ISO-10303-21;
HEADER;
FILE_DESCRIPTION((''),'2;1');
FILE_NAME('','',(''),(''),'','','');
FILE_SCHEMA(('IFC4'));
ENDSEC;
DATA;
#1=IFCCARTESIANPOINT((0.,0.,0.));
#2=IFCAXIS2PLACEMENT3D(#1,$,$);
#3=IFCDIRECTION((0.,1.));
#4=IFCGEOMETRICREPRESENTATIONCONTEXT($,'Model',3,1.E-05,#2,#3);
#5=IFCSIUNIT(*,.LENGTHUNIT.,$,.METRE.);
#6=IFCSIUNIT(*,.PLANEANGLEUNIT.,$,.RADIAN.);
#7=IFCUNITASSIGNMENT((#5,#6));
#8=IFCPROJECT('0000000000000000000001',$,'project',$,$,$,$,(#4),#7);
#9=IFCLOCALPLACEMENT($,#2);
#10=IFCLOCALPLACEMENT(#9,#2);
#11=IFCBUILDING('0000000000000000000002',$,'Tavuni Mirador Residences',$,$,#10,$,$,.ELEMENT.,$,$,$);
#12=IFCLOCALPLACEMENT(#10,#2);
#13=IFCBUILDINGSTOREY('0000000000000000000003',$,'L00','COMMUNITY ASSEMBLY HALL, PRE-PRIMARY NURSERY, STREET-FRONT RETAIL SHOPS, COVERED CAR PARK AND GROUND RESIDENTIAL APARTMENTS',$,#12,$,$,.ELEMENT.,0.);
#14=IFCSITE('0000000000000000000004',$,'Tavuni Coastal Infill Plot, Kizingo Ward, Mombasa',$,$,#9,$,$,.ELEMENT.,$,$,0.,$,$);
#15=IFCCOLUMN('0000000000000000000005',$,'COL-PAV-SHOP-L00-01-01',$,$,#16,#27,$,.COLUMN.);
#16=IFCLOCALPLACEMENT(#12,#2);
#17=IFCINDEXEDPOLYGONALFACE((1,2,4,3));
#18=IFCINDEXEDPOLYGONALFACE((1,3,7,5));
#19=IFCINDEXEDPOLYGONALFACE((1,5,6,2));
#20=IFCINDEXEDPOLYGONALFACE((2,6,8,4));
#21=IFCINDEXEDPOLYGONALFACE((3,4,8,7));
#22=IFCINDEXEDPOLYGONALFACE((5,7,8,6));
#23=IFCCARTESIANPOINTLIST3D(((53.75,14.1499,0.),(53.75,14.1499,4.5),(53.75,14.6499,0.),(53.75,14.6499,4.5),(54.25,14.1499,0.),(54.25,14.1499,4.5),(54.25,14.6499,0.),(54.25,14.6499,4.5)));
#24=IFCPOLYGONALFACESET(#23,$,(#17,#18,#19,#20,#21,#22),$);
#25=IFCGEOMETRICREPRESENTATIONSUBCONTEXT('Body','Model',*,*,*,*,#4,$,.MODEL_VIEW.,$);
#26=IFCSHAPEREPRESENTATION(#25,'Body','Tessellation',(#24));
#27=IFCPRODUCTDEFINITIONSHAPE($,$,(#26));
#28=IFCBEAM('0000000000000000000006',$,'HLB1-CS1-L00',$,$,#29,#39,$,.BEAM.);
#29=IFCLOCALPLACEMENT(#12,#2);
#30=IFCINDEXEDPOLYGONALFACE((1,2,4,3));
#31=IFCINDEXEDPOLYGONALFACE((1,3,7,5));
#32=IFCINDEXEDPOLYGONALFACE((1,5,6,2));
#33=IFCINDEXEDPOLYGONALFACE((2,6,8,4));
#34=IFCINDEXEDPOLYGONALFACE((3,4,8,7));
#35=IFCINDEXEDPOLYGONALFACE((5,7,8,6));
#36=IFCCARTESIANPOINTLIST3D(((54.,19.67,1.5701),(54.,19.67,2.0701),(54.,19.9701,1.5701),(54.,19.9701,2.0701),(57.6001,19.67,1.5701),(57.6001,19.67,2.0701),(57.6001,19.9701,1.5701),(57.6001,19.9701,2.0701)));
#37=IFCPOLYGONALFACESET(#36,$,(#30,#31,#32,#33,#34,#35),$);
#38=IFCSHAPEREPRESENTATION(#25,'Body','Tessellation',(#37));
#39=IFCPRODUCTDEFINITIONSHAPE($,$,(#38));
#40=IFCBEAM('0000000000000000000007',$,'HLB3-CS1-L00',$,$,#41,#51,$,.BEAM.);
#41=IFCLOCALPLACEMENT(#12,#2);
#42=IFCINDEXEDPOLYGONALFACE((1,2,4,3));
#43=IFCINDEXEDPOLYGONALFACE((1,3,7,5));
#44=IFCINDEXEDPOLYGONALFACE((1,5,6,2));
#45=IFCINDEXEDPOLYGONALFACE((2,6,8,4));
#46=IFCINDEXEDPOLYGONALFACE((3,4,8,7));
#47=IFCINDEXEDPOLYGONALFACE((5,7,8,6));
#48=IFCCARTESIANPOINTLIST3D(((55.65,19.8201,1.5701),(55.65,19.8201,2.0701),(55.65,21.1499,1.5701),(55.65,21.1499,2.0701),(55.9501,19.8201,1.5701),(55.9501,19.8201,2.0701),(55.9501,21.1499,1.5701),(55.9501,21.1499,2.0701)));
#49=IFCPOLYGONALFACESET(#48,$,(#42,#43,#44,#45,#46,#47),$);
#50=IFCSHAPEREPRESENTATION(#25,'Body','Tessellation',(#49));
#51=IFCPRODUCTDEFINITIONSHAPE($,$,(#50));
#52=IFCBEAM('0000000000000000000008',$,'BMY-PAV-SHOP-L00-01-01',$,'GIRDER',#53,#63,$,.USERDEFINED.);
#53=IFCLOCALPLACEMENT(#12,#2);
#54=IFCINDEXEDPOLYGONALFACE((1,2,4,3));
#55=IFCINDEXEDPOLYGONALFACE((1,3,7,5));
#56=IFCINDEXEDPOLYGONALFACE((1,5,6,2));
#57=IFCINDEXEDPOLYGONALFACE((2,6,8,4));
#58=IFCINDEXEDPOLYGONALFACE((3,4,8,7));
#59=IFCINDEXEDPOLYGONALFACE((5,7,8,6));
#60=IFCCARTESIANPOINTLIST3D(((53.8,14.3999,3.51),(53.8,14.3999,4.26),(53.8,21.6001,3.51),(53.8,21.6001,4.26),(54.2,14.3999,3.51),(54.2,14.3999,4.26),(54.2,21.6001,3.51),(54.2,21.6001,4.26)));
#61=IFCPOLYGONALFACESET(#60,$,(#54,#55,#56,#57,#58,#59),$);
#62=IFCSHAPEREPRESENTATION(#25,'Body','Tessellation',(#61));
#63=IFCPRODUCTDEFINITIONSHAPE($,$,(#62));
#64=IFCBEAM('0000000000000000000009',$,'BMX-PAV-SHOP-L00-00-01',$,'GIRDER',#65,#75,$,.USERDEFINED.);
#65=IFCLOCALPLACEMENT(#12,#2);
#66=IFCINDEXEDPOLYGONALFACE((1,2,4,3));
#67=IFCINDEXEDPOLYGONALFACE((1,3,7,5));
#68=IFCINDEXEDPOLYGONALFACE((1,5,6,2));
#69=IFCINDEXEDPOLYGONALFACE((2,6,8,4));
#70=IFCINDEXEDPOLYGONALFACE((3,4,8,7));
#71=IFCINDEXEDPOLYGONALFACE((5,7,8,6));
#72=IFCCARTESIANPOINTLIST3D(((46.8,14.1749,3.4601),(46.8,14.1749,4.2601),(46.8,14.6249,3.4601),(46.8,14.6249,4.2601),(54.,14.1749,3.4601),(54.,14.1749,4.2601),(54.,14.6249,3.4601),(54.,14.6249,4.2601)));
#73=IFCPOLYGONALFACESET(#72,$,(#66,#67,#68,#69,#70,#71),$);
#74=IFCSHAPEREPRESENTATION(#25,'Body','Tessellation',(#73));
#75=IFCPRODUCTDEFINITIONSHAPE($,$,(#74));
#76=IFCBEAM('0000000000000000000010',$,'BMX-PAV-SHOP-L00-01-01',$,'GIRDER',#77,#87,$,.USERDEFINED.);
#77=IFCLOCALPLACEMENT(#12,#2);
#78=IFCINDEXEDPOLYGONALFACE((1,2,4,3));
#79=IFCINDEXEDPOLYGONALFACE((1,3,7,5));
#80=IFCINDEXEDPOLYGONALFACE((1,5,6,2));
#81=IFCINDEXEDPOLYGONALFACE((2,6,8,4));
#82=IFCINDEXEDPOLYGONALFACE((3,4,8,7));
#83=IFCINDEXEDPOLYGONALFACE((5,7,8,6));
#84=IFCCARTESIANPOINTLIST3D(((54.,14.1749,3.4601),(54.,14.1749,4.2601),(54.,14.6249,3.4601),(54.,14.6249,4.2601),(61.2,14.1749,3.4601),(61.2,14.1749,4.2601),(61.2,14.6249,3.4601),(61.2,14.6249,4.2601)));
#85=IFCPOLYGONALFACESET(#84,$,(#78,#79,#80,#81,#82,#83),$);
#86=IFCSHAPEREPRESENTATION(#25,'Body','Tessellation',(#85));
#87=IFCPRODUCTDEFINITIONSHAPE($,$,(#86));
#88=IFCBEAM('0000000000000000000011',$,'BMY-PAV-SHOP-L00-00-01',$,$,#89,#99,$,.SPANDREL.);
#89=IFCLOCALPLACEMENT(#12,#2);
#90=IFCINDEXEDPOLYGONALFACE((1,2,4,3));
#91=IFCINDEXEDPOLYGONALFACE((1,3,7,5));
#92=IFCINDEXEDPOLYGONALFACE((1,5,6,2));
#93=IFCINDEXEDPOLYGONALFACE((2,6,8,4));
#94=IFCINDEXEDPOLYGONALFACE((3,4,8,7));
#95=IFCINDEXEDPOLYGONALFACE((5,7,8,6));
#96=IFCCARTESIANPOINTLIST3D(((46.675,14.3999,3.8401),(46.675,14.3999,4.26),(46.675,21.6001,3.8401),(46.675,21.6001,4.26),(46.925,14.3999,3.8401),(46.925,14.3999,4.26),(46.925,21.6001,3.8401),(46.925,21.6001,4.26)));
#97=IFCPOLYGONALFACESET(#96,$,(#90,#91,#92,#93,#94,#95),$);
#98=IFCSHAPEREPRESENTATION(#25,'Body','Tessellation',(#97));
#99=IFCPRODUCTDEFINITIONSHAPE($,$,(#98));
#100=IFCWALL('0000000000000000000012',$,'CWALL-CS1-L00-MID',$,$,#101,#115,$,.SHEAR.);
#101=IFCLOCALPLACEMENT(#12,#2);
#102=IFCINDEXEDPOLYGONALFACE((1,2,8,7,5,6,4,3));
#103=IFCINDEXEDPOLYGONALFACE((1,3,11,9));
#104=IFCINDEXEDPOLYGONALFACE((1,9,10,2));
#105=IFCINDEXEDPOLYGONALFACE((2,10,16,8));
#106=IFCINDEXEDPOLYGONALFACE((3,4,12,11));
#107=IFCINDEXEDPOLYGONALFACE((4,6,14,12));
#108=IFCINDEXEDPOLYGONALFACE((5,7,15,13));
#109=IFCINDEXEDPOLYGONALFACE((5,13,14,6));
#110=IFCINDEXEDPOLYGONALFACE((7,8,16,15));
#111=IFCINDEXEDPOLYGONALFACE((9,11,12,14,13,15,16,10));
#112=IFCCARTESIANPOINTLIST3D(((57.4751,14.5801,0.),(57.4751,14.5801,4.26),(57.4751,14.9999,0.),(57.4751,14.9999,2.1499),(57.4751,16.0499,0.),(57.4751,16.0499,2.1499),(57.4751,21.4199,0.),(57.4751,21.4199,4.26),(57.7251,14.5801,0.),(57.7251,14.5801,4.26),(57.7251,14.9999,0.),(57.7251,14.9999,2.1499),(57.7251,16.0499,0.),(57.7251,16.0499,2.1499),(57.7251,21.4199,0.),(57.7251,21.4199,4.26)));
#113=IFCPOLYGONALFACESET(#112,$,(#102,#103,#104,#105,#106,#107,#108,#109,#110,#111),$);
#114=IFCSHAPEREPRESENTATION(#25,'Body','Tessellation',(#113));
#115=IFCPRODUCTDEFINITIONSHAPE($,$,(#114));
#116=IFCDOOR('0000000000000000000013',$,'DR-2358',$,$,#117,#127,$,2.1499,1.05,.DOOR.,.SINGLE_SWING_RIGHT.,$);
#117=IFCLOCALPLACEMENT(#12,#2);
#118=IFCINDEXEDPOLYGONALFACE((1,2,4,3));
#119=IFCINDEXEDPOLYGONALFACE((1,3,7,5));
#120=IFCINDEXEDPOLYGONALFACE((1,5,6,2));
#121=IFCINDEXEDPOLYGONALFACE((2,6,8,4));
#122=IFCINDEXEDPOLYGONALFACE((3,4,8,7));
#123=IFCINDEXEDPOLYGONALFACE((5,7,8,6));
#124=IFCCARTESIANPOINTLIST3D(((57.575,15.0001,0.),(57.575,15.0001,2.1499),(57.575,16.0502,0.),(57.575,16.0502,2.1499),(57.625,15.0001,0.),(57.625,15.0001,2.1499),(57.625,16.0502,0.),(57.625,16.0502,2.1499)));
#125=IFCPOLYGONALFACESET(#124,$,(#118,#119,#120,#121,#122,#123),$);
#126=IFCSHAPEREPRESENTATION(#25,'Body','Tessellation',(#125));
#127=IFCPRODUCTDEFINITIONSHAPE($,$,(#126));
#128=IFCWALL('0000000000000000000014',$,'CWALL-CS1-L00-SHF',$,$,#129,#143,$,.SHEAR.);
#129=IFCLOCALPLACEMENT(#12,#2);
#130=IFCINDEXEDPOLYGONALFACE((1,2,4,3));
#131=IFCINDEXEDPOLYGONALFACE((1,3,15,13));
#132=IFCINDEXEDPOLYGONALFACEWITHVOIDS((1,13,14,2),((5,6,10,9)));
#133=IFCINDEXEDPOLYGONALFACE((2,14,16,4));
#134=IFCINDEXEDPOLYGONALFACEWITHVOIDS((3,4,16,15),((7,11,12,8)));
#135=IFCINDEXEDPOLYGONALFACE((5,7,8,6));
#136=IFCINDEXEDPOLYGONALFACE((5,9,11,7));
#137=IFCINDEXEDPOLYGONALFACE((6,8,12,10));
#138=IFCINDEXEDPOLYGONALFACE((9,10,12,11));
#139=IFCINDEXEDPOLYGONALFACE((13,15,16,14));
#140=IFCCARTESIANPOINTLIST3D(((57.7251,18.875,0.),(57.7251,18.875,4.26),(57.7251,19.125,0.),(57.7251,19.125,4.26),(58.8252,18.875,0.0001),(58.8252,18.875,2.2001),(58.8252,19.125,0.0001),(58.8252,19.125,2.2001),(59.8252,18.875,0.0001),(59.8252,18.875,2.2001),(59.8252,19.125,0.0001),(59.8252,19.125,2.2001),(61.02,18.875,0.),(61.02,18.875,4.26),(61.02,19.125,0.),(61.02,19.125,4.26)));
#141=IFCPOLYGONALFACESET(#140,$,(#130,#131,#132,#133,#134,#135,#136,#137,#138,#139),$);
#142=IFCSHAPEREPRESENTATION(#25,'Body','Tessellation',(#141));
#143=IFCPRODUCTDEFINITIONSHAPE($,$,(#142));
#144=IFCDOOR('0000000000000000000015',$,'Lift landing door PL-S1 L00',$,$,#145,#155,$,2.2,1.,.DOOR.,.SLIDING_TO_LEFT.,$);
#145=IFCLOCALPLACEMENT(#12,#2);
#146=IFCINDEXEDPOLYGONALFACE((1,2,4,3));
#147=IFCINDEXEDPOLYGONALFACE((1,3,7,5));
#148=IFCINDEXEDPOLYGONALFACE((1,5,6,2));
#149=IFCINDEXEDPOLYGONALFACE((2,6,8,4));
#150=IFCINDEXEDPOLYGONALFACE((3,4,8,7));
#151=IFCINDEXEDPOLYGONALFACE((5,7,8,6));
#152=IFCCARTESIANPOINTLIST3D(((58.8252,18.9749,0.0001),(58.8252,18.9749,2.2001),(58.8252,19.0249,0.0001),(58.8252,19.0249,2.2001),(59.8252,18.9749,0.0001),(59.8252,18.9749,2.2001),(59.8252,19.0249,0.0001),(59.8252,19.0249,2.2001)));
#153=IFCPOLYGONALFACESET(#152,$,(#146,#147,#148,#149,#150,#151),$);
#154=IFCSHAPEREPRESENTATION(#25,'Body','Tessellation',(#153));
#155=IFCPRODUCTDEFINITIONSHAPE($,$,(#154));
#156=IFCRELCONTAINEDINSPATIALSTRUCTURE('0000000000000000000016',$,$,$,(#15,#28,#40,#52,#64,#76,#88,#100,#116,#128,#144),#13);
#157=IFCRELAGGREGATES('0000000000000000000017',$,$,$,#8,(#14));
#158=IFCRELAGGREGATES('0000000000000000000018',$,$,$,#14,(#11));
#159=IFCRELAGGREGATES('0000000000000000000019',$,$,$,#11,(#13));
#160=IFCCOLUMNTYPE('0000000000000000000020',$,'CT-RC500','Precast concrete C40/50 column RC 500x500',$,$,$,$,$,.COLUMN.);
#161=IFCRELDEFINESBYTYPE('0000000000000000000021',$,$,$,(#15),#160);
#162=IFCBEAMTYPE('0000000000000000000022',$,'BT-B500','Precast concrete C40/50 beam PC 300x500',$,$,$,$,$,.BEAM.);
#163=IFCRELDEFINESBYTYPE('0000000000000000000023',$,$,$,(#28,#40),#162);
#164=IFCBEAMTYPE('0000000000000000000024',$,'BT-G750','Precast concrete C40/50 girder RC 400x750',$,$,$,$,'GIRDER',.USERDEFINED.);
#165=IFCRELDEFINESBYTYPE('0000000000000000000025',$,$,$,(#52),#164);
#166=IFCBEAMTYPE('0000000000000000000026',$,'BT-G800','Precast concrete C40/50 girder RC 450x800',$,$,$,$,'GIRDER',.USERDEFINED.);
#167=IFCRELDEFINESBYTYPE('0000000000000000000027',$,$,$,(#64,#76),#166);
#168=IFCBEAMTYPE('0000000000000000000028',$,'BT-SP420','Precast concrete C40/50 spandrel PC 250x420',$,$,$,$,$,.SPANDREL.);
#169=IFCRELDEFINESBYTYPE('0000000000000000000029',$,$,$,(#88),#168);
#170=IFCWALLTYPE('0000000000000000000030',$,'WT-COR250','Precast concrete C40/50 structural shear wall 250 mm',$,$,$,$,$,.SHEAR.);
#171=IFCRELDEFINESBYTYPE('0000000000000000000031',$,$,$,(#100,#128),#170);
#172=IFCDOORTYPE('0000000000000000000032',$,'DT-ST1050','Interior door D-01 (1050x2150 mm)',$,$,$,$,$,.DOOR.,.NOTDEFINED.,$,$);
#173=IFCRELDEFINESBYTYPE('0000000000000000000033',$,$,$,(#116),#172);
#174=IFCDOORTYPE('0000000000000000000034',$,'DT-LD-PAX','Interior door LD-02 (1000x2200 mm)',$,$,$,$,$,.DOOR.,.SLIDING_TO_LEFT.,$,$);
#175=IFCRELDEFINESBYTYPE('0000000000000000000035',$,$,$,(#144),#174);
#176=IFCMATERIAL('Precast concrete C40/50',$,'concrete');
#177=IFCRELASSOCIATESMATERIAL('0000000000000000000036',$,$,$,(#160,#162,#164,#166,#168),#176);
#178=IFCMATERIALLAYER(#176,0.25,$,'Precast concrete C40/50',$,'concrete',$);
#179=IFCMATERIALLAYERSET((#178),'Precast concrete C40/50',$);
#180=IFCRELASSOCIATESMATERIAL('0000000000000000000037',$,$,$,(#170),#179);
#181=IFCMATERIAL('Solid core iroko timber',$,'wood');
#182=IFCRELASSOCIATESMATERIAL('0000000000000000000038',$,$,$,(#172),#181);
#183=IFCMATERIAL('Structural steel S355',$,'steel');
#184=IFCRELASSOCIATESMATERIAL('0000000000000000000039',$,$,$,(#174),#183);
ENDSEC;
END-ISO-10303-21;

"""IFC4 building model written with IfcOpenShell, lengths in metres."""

from ifc_helpers import new_model, si_unit, direction, frame, frame_2d, origin, origin_2d, place, context, subcontext, project, spatial, rectangle, extrude, material, layer, layer_set, material_profile, profile_set, type_object, element, fill, save


model = new_model("IFC4")

# Units and contexts
model_context = context("Model", 3, precision=1e-05, world=origin(), true_north=direction((0.0, 1.0)))
body_context = subcontext(model_context, "Body", "Model", "MODEL_VIEW")
ifc_project = project(units=[si_unit("LENGTHUNIT", "METRE"), si_unit("PLANEANGLEUNIT", "RADIAN")], contexts=[model_context])

# Site, building, storey
site_placement = place(None, origin())
site = spatial("IfcSite", under=ifc_project, at=site_placement, Name="Tavuni Coastal Infill Plot, Kizingo Ward, Mombasa", CompositionType="ELEMENT", RefElevation=0.0)
building_placement = place(site_placement, origin())
building = spatial("IfcBuilding", under=site, at=building_placement, Name="Tavuni Mirador Residences", CompositionType="ELEMENT")
storey_placement = place(building_placement, origin())
storey = spatial("IfcBuildingStorey", under=building, at=storey_placement, Name="L00", Description="COMMUNITY ASSEMBLY HALL, PRE-PRIMARY NURSERY, STREET-FRONT RETAIL SHOPS, COVERED CAR PARK AND GROUND RESIDENTIAL APARTMENTS", CompositionType="ELEMENT", Elevation=0.0)

# Column
ifc_material_1 = material(Name="Precast concrete C40/50", Category="concrete")
ifc_material_profile_1 = material_profile(ifc_material_1, rectangle(XDim=0.5, YDim=0.5, at=origin_2d()), Name="RC 500x500", Category="concrete")
ifc_profile_set_1 = profile_set([ifc_material_profile_1], Name="Precast concrete C40/50")
column_type = type_object("IfcColumnType", Name="CT-RC500", Description="Precast concrete C40/50 column RC 500x500", PredefinedType="COLUMN", material=ifc_profile_set_1)
column_placement = place(storey_placement, frame((54.0, 14.3999, 0.0), z_axis=(0.0, 0.0, 1.0), x_axis=(1.0, 0.0, 0.0)))
element("IfcColumn", 1, at=column_placement, inside=storey, type_object=column_type, Name="COL-PAV-SHOP-L00-01-01", PredefinedType="COLUMN", context=body_context, shape_type="SweptSolid", body=[
    extrude(rectangle(XDim=0.5, YDim=0.5, at=origin_2d()), origin(), (0.0, 0.0, 1.0), 4.5),
])

# Beams
ifc_material_profile_2 = material_profile(ifc_material_1, rectangle(XDim=0.3, YDim=0.5, at=origin_2d()), Name="PC 300x500", Category="concrete")
ifc_profile_set_2 = profile_set([ifc_material_profile_2], Name="Precast concrete C40/50")
beam_type_1 = type_object("IfcBeamType", Name="BT-B500", Description="Precast concrete C40/50 beam PC 300x500", PredefinedType="BEAM", material=ifc_profile_set_2)
beam_1_placement = place(storey_placement, frame((54.0, 19.8201, 1.8201), z_axis=(1.0, 0.0, 0.0), x_axis=(0.0, 1.0, 0.0)))
element("IfcBeam", 2, at=beam_1_placement, inside=storey, type_object=beam_type_1, Name="HLB1-CS1-L00", PredefinedType="BEAM", context=body_context, shape_type="SweptSolid", body=[
    extrude(rectangle(XDim=0.3, YDim=0.5, at=origin_2d()), origin(), (0.0, 0.0, 1.0), 3.6001),
])
beam_2_placement = place(storey_placement, frame((55.8, 19.8201, 1.8201), z_axis=(0.0, 1.0, 0.0), x_axis=(-1.0, 0.0, 0.0)))
element("IfcBeam", 3, at=beam_2_placement, inside=storey, type_object=beam_type_1, Name="HLB3-CS1-L00", PredefinedType="BEAM", context=body_context, shape_type="SweptSolid", body=[
    extrude(rectangle(XDim=0.3, YDim=0.5, at=origin_2d()), origin(), (0.0, 0.0, 1.0), 1.3298),
])
ifc_material_profile_3 = material_profile(ifc_material_1, rectangle(XDim=0.3999, YDim=0.75, at=origin_2d()), Name="RC 400x750", Category="concrete")
ifc_profile_set_3 = profile_set([ifc_material_profile_3], Name="Precast concrete C40/50")
beam_type_2 = type_object("IfcBeamType", Name="BT-G750", Description="Precast concrete C40/50 girder RC 400x750", ElementType="GIRDER", PredefinedType="USERDEFINED", material=ifc_profile_set_3)
beam_3_placement = place(storey_placement, frame((54.0, 14.3999, 3.885), z_axis=(0.0, 1.0, 0.0), x_axis=(-1.0, 0.0, 0.0)))
element("IfcBeam", 4, at=beam_3_placement, inside=storey, type_object=beam_type_2, Name="BMY-PAV-SHOP-L00-01-01", ObjectType="GIRDER", PredefinedType="USERDEFINED", context=body_context, shape_type="SweptSolid", body=[
    extrude(rectangle(XDim=0.3999, YDim=0.75, at=origin_2d()), origin(), (0.0, 0.0, 1.0), 7.2002),
])
ifc_material_profile_4 = material_profile(ifc_material_1, rectangle(XDim=0.45, YDim=0.8, at=origin_2d()), Name="RC 450x800", Category="concrete")
ifc_profile_set_4 = profile_set([ifc_material_profile_4], Name="Precast concrete C40/50")
beam_type_3 = type_object("IfcBeamType", Name="BT-G800", Description="Precast concrete C40/50 girder RC 450x800", ElementType="GIRDER", PredefinedType="USERDEFINED", material=ifc_profile_set_4)
for number, where, z_axis, x_axis, name in (
    (5, (46.8, 14.3999, 3.8601), (1.0, 0.0, 0.0), (0.0, 1.0, 0.0), "BMX-PAV-SHOP-L00-00-01"),
    (6, (54.0, 14.3999, 3.8601), (1.0, 0.0, 0.0), (0.0, 1.0, 0.0), "BMX-PAV-SHOP-L00-01-01"),
):
    element("IfcBeam", number, at=place(storey_placement, frame(where, z_axis=z_axis, x_axis=x_axis)), inside=storey, type_object=beam_type_3, Name=name, ObjectType="GIRDER", PredefinedType="USERDEFINED", context=body_context, shape_type="SweptSolid", body=[
        extrude(rectangle(XDim=0.45, YDim=0.8, at=origin_2d()), origin(), (0.0, 0.0, 1.0), 7.2),
    ])
ifc_material_profile_5 = material_profile(ifc_material_1, rectangle(XDim=0.25, YDim=0.4199, at=origin_2d()), Name="PC 250x420", Category="concrete")
ifc_profile_set_5 = profile_set([ifc_material_profile_5], Name="Precast concrete C40/50")
beam_type_4 = type_object("IfcBeamType", Name="BT-SP420", Description="Precast concrete C40/50 spandrel PC 250x420", PredefinedType="SPANDREL", material=ifc_profile_set_5)
beam_4_placement = place(storey_placement, frame((46.8, 14.3999, 4.05), z_axis=(0.0, 1.0, 0.0), x_axis=(-1.0, 0.0, 0.0)))
element("IfcBeam", 7, at=beam_4_placement, inside=storey, type_object=beam_type_4, Name="BMY-PAV-SHOP-L00-00-01", PredefinedType="SPANDREL", context=body_context, shape_type="SweptSolid", body=[
    extrude(rectangle(XDim=0.25, YDim=0.4199, at=origin_2d()), origin(), (0.0, 0.0, 1.0), 7.2002),
])

# Walls, openings, doors
ifc_layer_1 = layer(ifc_material_1, 0.25, Name="Precast concrete C40/50", Category="concrete")
ifc_layer_set_1 = layer_set([ifc_layer_1], Name="Precast concrete C40/50")
wall_type_1 = type_object("IfcWallType", Name="WT-COR250", Description="Precast concrete C40/50 structural shear wall 250 mm", PredefinedType="SHEAR", material=ifc_layer_set_1)
wall_1_placement = place(storey_placement, frame((57.6001, 14.5801, 0.0), z_axis=(0.0, 0.0, 1.0), x_axis=(0.0, 1.0, 0.0)))
wall_1 = element("IfcWall", 8, at=wall_1_placement, inside=storey, type_object=wall_type_1, Name="CWALL-CS1-L00-MID", PredefinedType="SHEAR", context=body_context, shape_type="SweptSolid", body=[
    extrude(rectangle(XDim=6.8398, YDim=0.25, at=frame_2d((3.4199, 0.0))), origin(), (0.0, 0.0, 1.0), 4.26),
])
opening_1_placement = place(wall_1_placement, frame((0.4199, 0.0, 0.0)))
opening_1 = element("IfcOpeningElement", 9, at=opening_1_placement, cuts=wall_1, PredefinedType="OPENING", context=body_context, shape_type="SweptSolid", body=[
    extrude(rectangle(XDim=1.05, YDim=2.1499, at=frame_2d((0.5249, 1.075))), frame((0.0, 0.135, 0.0), z_axis=(0.0, -1.0, 0.0), x_axis=(1.0, 0.0, 0.0)), (0.0, 0.0, 1.0), 0.27),
])
ifc_material_2 = material(Name="Solid core iroko timber", Category="wood")
door_type_1 = type_object("IfcDoorType", Name="DT-ST1050", Description="Interior door D-01 (1050x2150 mm)", OperationType="NOTDEFINED", PredefinedType="DOOR", material=ifc_material_2)
door_1_placement = place(opening_1_placement, frame((1.05, 0.0, 0.0), z_axis=(0.0, 0.0, 1.0), x_axis=(-1.0, 0.0, 0.0)))
door_1 = element("IfcDoor", 10, at=door_1_placement, inside=storey, type_object=door_type_1, Name="DR-2358", OperationType="SINGLE_SWING_RIGHT", OverallHeight=2.1499, OverallWidth=1.05, PredefinedType="DOOR", context=body_context, shape_type="SweptSolid", body=[
    extrude(rectangle(XDim=1.05, YDim=2.1499, at=frame_2d((0.5249, 1.075))), frame((0.0, 0.0249, 0.0), z_axis=(0.0, -1.0, 0.0), x_axis=(1.0, 0.0, 0.0)), (0.0, 0.0, 1.0), 0.05),
])
fill(opening_1, door_1)
wall_2_placement = place(storey_placement, frame((57.7251, 19.0, 0.0), z_axis=(0.0, 0.0, 1.0), x_axis=(1.0, 0.0, 0.0)))
wall_2 = element("IfcWall", 11, at=wall_2_placement, inside=storey, type_object=wall_type_1, Name="CWALL-CS1-L00-SHF", PredefinedType="SHEAR", context=body_context, shape_type="SweptSolid", body=[
    extrude(rectangle(XDim=3.2949, YDim=0.25, at=frame_2d((1.6475, 0.0))), origin(), (0.0, 0.0, 1.0), 4.26),
])
opening_2_placement = place(wall_2_placement, frame((1.1001, 0.0, 0.0)))
opening_2 = element("IfcOpeningElement", 12, at=opening_2_placement, cuts=wall_2, PredefinedType="OPENING", context=body_context, shape_type="SweptSolid", body=[
    extrude(rectangle(XDim=1.0, YDim=2.2, at=frame_2d((0.5, 1.1001))), frame((0.0, 0.135, 0.0), z_axis=(0.0, -1.0, 0.0), x_axis=(1.0, 0.0, 0.0)), (0.0, 0.0, 1.0), 0.27),
])
ifc_material_3 = material(Name="Structural steel S355", Category="steel")
door_type_2 = type_object("IfcDoorType", Name="DT-LD-PAX", Description="Interior door LD-02 (1000x2200 mm)", OperationType="SLIDING_TO_LEFT", PredefinedType="DOOR", material=ifc_material_3)
door_2_placement = place(opening_2_placement, origin())
door_2 = element("IfcDoor", 13, at=door_2_placement, inside=storey, type_object=door_type_2, Name="Lift landing door PL-S1 L00", OperationType="SLIDING_TO_LEFT", OverallHeight=2.2, OverallWidth=1.0, PredefinedType="DOOR", context=body_context, shape_type="SweptSolid", body=[
    extrude(rectangle(XDim=1.0, YDim=2.2, at=frame_2d((0.5, 1.1001))), frame((0.0, 0.0249, 0.0), z_axis=(0.0, -1.0, 0.0), x_axis=(1.0, 0.0, 0.0)), (0.0, 0.0, 1.0), 0.05),
])
fill(opening_2, door_2)

save(model, "model.ifc")
